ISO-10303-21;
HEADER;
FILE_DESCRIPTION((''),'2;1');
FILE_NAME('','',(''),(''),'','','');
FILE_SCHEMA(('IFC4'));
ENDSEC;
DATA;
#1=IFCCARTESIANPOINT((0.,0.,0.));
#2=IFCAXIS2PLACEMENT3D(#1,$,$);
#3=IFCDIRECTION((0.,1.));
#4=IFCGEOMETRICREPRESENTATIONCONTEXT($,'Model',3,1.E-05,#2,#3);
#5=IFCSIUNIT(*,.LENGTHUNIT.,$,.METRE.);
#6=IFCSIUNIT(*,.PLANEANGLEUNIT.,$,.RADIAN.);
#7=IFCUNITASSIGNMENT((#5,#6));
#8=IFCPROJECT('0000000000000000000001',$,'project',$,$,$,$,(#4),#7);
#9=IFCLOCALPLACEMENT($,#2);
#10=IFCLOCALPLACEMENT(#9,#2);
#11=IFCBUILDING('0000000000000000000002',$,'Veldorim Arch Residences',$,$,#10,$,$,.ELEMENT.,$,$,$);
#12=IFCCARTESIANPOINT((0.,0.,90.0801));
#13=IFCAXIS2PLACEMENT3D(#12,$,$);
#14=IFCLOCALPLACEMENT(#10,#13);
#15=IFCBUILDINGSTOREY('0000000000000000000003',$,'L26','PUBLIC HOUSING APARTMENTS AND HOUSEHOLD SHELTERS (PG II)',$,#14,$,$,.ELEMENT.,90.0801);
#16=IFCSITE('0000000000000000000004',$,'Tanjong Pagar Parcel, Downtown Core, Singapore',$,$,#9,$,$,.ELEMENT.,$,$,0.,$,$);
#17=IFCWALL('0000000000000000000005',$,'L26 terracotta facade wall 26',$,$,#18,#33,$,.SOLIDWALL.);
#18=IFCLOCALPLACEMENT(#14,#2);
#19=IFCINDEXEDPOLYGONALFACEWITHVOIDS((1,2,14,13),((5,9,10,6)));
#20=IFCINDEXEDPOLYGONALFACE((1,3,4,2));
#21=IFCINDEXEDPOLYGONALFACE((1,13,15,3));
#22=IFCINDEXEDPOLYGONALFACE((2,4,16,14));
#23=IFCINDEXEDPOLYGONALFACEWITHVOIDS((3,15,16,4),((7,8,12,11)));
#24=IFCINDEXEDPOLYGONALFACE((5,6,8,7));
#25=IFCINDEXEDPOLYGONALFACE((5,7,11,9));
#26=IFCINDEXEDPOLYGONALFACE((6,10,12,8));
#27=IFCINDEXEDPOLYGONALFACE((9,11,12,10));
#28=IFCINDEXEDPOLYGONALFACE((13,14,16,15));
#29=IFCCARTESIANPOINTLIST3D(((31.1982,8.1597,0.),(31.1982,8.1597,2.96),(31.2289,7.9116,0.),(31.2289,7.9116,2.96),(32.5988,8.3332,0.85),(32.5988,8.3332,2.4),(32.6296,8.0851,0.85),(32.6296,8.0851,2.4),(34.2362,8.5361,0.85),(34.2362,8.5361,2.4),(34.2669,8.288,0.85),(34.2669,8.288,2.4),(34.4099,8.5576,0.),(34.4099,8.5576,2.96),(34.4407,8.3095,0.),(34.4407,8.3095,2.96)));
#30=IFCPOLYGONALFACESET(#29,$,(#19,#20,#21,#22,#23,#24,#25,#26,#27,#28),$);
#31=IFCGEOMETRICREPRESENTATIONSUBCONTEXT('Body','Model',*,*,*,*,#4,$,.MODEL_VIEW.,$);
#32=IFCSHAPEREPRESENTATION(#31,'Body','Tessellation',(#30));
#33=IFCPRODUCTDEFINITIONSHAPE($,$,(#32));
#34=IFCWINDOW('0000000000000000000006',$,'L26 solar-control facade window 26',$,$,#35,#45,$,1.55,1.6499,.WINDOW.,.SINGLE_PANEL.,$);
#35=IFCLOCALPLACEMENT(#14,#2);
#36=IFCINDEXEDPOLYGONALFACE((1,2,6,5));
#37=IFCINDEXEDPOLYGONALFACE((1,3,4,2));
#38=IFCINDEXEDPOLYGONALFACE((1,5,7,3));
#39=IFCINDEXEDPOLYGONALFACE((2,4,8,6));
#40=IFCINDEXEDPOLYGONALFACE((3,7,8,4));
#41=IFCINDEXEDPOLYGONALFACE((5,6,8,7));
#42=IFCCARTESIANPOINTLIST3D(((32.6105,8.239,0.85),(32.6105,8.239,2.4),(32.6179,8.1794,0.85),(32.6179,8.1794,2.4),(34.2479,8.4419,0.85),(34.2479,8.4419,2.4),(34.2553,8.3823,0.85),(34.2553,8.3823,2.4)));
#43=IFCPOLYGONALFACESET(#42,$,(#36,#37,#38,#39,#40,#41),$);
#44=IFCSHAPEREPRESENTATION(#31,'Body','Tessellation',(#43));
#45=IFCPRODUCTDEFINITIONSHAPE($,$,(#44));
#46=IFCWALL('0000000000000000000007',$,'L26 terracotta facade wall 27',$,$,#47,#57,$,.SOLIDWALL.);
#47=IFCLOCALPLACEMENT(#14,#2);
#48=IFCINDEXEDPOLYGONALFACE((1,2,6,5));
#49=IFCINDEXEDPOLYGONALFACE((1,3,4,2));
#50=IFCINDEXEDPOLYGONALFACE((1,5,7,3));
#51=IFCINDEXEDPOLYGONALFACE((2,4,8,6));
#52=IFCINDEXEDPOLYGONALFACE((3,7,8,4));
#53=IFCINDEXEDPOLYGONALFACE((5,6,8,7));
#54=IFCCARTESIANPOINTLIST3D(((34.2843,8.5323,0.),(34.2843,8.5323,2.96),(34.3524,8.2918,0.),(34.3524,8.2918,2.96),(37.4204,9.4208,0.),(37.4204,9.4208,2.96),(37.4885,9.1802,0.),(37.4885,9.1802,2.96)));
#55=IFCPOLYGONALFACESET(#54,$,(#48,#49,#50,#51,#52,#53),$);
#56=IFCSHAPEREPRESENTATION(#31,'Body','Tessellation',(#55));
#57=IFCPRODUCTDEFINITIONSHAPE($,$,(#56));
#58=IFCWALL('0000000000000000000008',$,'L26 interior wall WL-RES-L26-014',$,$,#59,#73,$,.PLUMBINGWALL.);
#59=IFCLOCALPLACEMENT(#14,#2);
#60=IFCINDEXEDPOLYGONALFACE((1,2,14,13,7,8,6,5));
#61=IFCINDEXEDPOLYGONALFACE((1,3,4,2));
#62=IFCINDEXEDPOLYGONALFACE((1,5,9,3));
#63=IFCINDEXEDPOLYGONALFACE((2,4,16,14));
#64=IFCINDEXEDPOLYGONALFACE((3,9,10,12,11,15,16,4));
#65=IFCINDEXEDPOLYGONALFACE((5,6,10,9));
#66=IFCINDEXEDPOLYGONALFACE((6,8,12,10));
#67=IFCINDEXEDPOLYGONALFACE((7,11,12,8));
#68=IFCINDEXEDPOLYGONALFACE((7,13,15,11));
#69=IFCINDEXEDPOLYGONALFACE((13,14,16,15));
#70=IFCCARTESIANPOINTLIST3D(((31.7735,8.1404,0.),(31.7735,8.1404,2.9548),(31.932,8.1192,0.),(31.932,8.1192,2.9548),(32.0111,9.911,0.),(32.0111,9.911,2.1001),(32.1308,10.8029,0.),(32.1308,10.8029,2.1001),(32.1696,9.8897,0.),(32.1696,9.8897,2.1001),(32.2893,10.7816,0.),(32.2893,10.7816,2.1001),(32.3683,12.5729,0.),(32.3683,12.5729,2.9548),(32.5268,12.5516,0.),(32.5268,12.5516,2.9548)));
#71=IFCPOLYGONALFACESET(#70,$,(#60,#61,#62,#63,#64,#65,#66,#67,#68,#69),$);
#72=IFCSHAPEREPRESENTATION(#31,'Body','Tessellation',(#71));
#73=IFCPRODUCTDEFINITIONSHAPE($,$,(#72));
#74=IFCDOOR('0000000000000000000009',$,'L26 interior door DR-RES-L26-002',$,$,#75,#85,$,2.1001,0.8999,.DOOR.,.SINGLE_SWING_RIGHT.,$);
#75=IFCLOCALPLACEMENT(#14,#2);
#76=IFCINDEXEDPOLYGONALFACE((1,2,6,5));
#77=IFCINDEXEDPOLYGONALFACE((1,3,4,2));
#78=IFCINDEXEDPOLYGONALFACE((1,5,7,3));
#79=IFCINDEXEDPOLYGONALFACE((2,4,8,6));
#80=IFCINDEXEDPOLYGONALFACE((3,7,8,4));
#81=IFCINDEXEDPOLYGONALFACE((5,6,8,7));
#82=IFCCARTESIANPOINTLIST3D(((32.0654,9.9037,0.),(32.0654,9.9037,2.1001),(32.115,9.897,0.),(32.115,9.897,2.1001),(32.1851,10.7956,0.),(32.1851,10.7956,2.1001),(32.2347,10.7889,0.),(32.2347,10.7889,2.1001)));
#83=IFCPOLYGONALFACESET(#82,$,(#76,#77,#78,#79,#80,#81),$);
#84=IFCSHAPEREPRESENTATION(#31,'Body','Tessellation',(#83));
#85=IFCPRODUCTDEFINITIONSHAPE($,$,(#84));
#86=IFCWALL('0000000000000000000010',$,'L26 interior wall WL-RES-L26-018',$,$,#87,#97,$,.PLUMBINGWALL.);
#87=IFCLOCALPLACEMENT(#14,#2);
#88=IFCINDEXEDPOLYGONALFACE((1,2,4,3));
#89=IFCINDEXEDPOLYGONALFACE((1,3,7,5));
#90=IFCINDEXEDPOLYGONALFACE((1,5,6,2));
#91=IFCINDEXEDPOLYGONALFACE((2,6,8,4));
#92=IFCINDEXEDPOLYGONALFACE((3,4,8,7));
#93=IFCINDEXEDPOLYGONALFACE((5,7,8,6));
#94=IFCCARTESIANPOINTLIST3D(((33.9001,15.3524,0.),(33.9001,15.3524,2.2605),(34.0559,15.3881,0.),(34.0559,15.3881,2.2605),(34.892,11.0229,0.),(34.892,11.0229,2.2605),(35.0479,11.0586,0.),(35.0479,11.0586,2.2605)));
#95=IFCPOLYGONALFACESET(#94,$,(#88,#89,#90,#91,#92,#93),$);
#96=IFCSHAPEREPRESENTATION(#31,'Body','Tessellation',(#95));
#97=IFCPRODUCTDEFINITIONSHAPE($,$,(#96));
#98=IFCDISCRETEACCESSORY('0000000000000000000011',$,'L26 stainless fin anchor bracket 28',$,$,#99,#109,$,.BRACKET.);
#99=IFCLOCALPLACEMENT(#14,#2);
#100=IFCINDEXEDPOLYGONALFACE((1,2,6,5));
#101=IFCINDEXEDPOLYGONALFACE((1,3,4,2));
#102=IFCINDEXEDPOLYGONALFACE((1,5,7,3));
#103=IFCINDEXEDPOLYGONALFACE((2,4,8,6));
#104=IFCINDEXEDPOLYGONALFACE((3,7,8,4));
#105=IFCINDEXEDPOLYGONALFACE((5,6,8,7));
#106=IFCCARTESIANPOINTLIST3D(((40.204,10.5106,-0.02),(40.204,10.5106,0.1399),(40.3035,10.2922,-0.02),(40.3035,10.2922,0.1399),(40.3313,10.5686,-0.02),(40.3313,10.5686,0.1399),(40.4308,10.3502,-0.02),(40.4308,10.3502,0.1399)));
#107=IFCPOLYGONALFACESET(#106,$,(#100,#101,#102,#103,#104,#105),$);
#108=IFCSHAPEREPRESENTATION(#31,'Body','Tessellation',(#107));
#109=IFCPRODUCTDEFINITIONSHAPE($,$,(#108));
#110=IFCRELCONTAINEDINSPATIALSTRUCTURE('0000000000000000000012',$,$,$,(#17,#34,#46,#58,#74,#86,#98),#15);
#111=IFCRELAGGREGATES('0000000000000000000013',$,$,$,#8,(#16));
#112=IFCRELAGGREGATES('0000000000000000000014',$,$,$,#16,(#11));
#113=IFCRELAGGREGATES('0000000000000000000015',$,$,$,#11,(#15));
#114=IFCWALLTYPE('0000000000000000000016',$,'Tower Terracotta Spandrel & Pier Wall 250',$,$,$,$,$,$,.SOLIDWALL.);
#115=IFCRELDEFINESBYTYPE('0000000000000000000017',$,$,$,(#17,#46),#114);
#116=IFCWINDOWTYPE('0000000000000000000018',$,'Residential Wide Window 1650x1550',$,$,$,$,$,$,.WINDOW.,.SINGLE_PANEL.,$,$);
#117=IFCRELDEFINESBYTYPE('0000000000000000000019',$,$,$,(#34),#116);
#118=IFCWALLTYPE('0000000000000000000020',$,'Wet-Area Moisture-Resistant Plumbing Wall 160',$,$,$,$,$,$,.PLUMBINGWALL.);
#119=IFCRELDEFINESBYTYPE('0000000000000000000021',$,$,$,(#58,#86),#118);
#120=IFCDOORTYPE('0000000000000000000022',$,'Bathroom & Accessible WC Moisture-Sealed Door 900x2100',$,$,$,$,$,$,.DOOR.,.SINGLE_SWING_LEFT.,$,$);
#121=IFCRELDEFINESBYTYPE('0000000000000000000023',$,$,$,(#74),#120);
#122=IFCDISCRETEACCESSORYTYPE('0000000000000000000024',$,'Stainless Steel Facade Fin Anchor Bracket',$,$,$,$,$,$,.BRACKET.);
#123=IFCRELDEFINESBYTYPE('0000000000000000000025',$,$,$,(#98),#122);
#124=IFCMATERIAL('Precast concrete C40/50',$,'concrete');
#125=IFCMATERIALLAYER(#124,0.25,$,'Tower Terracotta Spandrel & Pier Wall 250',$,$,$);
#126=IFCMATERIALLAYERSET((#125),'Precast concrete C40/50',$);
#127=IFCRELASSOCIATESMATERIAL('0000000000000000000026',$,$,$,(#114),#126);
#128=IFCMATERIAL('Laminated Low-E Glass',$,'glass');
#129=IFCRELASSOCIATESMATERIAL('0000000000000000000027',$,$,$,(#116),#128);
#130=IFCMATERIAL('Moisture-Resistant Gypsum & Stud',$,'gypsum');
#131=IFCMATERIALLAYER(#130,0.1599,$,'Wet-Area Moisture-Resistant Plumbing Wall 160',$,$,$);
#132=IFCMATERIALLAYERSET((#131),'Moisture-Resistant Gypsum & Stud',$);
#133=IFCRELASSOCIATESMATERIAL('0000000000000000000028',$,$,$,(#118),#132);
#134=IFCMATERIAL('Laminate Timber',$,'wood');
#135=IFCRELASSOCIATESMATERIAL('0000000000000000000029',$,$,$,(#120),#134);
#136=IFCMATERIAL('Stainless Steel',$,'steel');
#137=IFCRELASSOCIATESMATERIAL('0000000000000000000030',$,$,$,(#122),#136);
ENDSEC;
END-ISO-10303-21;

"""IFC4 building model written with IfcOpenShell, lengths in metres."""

from ifc_helpers import new_model, si_unit, direction, frame, frame_2d, origin, origin_2d, place, context, subcontext, project, spatial, rectangle, extrude, material, layer, layer_set, type_object, element, fill, save


model = new_model("IFC4")

# Units and contexts
model_context = context("Model", 3, precision=1e-05, world=origin(), true_north=direction((0.0, 1.0)))
body_context = subcontext(model_context, "Body", "Model", "MODEL_VIEW")
ifc_project = project(units=[si_unit("LENGTHUNIT", "METRE"), si_unit("PLANEANGLEUNIT", "RADIAN")], contexts=[model_context])

# Site, building, storey
site_placement = place(None, origin())
site = spatial("IfcSite", under=ifc_project, at=site_placement, Name="Tanjong Pagar Parcel, Downtown Core, Singapore", CompositionType="ELEMENT", RefElevation=0.0)
building_placement = place(site_placement, origin())
building = spatial("IfcBuilding", under=site, at=building_placement, Name="Veldorim Arch Residences", CompositionType="ELEMENT")
storey_placement = place(building_placement, frame((0.0, 0.0, 90.0801)))
storey = spatial("IfcBuildingStorey", under=building, at=storey_placement, Name="L26", Description="PUBLIC HOUSING APARTMENTS AND HOUSEHOLD SHELTERS (PG II)", CompositionType="ELEMENT", Elevation=90.0801)

# Wall, opening, window
ifc_material_1 = material(Name="Precast concrete C40/50", Category="concrete")
ifc_layer_1 = layer(ifc_material_1, 0.25, Name="Tower Terracotta Spandrel & Pier Wall 250")
ifc_layer_set_1 = layer_set([ifc_layer_1], Name="Precast concrete C40/50")
wall_type_1 = type_object("IfcWallType", Name="Tower Terracotta Spandrel & Pier Wall 250", PredefinedType="SOLIDWALL", material=ifc_layer_set_1)
wall_1_placement = place(storey_placement, frame((34.4253, 8.4336, 0.0), z_axis=(0.0, 0.0, 1.0), x_axis=(-0.992411, -0.122967, 0.0)))
wall_1 = element("IfcWall", 1, at=wall_1_placement, inside=storey, type_object=wall_type_1, Name="L26 terracotta facade wall 26", PredefinedType="SOLIDWALL", context=body_context, shape_type="SweptSolid", body=[
    extrude(rectangle(XDim=3.2363, YDim=0.25, at=frame_2d((1.6182, 0.0))), origin(), (0.0, 0.0, 1.0), 2.96),
])
opening_1_placement = place(wall_1_placement, frame((0.175, 0.0, 0.8501)))
opening_1 = element("IfcOpeningElement", 2, at=opening_1_placement, cuts=wall_1, PredefinedType="OPENING", context=body_context, shape_type="SweptSolid", body=[
    extrude(rectangle(XDim=1.6499, YDim=1.55, at=frame_2d((0.825, 0.7749))), frame((0.0, 0.135, 0.0), z_axis=(0.0, -1.0, 0.0), x_axis=(1.0, 0.0, 0.0)), (0.0, 0.0, 1.0), 0.27),
])
ifc_material_2 = material(Name="Laminated Low-E Glass", Category="glass")
window_type = type_object("IfcWindowType", Name="Residential Wide Window 1650x1550", PartitioningType="SINGLE_PANEL", PredefinedType="WINDOW", material=ifc_material_2)
window_placement = place(opening_1_placement, origin())
window = element("IfcWindow", 3, at=window_placement, inside=storey, type_object=window_type, Name="L26 solar-control facade window 26", OverallHeight=1.55, OverallWidth=1.6499, PartitioningType="SINGLE_PANEL", PredefinedType="WINDOW", context=body_context, shape_type="SweptSolid", body=[
    extrude(rectangle(XDim=1.6499, YDim=1.55, at=frame_2d((0.825, 0.7749))), frame((0.0, 0.03, 0.0), z_axis=(0.0, -1.0, 0.0), x_axis=(1.0, 0.0, 0.0)), (0.0, 0.0, 1.0), 0.0601),
])
fill(opening_1, window)

# Wall
wall_2_placement = place(storey_placement, frame((37.4546, 9.3005, 0.0), z_axis=(0.0, 0.0, 1.0), x_axis=(-0.962135, -0.272574, 0.0)))
element("IfcWall", 4, at=wall_2_placement, inside=storey, type_object=wall_type_1, Name="L26 terracotta facade wall 27", PredefinedType="SOLIDWALL", context=body_context, shape_type="SweptSolid", body=[
    extrude(rectangle(XDim=3.2595, YDim=0.25, at=frame_2d((1.6299, 0.0))), origin(), (0.0, 0.0, 1.0), 2.96),
])

# Wall, opening, door
ifc_material_3 = material(Name="Moisture-Resistant Gypsum & Stud", Category="gypsum")
ifc_layer_2 = layer(ifc_material_3, 0.1599, Name="Wet-Area Moisture-Resistant Plumbing Wall 160")
ifc_layer_set_2 = layer_set([ifc_layer_2], Name="Moisture-Resistant Gypsum & Stud")
wall_type_2 = type_object("IfcWallType", Name="Wet-Area Moisture-Resistant Plumbing Wall 160", PredefinedType="PLUMBINGWALL", material=ifc_layer_set_2)
wall_3_placement = place(storey_placement, frame((32.4475, 12.5623, 0.0), z_axis=(0.0, 0.0, 1.0), x_axis=(-0.132986, -0.991118, 0.0)))
wall_3 = element("IfcWall", 5, at=wall_3_placement, inside=storey, type_object=wall_type_2, Name="L26 interior wall WL-RES-L26-014", PredefinedType="PLUMBINGWALL", context=body_context, shape_type="SweptSolid", body=[
    extrude(rectangle(XDim=4.4722, YDim=0.1599, at=frame_2d((2.2361, 0.0))), origin(), (0.0, 0.0, 1.0), 2.9548),
])
opening_2_placement = place(wall_3_placement, frame((1.7859, 0.0, 0.0)))
opening_2 = element("IfcOpeningElement", 6, at=opening_2_placement, cuts=wall_3, PredefinedType="OPENING", context=body_context, shape_type="SweptSolid", body=[
    extrude(rectangle(XDim=0.8999, YDim=2.1001, at=frame_2d((0.45, 1.05))), frame((0.0, 0.0898, 0.0), z_axis=(0.0, -1.0, 0.0), x_axis=(1.0, 0.0, 0.0)), (0.0, 0.0, 1.0), 0.1799),
])
ifc_material_4 = material(Name="Laminate Timber", Category="wood")
door_type_1 = type_object("IfcDoorType", Name="Bathroom & Accessible WC Moisture-Sealed Door 900x2100", OperationType="SINGLE_SWING_LEFT", PredefinedType="DOOR", material=ifc_material_4)
door_1_placement = place(opening_2_placement, origin())
door_1 = element("IfcDoor", 7, at=door_1_placement, inside=storey, type_object=door_type_1, Name="L26 interior door DR-RES-L26-002", OperationType="SINGLE_SWING_RIGHT", OverallHeight=2.1001, OverallWidth=0.8999, PredefinedType="DOOR", context=body_context, shape_type="SweptSolid", body=[
    extrude(rectangle(XDim=0.8999, YDim=2.1001, at=frame_2d((0.45, 1.05))), frame((0.0, 0.0249, 0.0), z_axis=(0.0, -1.0, 0.0), x_axis=(1.0, 0.0, 0.0)), (0.0, 0.0, 1.0), 0.05),
])
fill(opening_2, door_1)

# Wall
wall_4_placement = place(storey_placement, frame((33.978, 15.3701, 0.0), z_axis=(0.0, 0.0, 1.0), x_axis=(0.223322, -0.974745, 0.0)))
element("IfcWall", 8, at=wall_4_placement, inside=storey, type_object=wall_type_2, Name="L26 interior wall WL-RES-L26-018", PredefinedType="PLUMBINGWALL", context=body_context, shape_type="SweptSolid", body=[
    extrude(rectangle(XDim=4.4417, YDim=0.1599, at=frame_2d((2.2207, 0.0))), origin(), (0.0, 0.0, 1.0), 2.2605),
])

# Discrete accessory
ifc_material_5 = material(Name="Stainless Steel", Category="steel")
discrete_accessory_type = type_object("IfcDiscreteAccessoryType", Name="Stainless Steel Facade Fin Anchor Bracket", PredefinedType="BRACKET", material=ifc_material_5)
discrete_accessory_placement = place(storey_placement, frame((40.3174, 10.4304, -0.02), z_axis=(0.0, 0.0, 1.0), x_axis=(-0.909961, -0.414693, 0.0)))
element("IfcDiscreteAccessory", 9, at=discrete_accessory_placement, inside=storey, type_object=discrete_accessory_type, Name="L26 stainless fin anchor bracket 28", PredefinedType="BRACKET", context=body_context, shape_type="SweptSolid", body=[
    extrude(rectangle(XDim=0.1399, YDim=0.24, at=origin_2d()), origin(), (0.0, 0.0, 1.0), 0.1599),
])

save(model, "model.ifc")
